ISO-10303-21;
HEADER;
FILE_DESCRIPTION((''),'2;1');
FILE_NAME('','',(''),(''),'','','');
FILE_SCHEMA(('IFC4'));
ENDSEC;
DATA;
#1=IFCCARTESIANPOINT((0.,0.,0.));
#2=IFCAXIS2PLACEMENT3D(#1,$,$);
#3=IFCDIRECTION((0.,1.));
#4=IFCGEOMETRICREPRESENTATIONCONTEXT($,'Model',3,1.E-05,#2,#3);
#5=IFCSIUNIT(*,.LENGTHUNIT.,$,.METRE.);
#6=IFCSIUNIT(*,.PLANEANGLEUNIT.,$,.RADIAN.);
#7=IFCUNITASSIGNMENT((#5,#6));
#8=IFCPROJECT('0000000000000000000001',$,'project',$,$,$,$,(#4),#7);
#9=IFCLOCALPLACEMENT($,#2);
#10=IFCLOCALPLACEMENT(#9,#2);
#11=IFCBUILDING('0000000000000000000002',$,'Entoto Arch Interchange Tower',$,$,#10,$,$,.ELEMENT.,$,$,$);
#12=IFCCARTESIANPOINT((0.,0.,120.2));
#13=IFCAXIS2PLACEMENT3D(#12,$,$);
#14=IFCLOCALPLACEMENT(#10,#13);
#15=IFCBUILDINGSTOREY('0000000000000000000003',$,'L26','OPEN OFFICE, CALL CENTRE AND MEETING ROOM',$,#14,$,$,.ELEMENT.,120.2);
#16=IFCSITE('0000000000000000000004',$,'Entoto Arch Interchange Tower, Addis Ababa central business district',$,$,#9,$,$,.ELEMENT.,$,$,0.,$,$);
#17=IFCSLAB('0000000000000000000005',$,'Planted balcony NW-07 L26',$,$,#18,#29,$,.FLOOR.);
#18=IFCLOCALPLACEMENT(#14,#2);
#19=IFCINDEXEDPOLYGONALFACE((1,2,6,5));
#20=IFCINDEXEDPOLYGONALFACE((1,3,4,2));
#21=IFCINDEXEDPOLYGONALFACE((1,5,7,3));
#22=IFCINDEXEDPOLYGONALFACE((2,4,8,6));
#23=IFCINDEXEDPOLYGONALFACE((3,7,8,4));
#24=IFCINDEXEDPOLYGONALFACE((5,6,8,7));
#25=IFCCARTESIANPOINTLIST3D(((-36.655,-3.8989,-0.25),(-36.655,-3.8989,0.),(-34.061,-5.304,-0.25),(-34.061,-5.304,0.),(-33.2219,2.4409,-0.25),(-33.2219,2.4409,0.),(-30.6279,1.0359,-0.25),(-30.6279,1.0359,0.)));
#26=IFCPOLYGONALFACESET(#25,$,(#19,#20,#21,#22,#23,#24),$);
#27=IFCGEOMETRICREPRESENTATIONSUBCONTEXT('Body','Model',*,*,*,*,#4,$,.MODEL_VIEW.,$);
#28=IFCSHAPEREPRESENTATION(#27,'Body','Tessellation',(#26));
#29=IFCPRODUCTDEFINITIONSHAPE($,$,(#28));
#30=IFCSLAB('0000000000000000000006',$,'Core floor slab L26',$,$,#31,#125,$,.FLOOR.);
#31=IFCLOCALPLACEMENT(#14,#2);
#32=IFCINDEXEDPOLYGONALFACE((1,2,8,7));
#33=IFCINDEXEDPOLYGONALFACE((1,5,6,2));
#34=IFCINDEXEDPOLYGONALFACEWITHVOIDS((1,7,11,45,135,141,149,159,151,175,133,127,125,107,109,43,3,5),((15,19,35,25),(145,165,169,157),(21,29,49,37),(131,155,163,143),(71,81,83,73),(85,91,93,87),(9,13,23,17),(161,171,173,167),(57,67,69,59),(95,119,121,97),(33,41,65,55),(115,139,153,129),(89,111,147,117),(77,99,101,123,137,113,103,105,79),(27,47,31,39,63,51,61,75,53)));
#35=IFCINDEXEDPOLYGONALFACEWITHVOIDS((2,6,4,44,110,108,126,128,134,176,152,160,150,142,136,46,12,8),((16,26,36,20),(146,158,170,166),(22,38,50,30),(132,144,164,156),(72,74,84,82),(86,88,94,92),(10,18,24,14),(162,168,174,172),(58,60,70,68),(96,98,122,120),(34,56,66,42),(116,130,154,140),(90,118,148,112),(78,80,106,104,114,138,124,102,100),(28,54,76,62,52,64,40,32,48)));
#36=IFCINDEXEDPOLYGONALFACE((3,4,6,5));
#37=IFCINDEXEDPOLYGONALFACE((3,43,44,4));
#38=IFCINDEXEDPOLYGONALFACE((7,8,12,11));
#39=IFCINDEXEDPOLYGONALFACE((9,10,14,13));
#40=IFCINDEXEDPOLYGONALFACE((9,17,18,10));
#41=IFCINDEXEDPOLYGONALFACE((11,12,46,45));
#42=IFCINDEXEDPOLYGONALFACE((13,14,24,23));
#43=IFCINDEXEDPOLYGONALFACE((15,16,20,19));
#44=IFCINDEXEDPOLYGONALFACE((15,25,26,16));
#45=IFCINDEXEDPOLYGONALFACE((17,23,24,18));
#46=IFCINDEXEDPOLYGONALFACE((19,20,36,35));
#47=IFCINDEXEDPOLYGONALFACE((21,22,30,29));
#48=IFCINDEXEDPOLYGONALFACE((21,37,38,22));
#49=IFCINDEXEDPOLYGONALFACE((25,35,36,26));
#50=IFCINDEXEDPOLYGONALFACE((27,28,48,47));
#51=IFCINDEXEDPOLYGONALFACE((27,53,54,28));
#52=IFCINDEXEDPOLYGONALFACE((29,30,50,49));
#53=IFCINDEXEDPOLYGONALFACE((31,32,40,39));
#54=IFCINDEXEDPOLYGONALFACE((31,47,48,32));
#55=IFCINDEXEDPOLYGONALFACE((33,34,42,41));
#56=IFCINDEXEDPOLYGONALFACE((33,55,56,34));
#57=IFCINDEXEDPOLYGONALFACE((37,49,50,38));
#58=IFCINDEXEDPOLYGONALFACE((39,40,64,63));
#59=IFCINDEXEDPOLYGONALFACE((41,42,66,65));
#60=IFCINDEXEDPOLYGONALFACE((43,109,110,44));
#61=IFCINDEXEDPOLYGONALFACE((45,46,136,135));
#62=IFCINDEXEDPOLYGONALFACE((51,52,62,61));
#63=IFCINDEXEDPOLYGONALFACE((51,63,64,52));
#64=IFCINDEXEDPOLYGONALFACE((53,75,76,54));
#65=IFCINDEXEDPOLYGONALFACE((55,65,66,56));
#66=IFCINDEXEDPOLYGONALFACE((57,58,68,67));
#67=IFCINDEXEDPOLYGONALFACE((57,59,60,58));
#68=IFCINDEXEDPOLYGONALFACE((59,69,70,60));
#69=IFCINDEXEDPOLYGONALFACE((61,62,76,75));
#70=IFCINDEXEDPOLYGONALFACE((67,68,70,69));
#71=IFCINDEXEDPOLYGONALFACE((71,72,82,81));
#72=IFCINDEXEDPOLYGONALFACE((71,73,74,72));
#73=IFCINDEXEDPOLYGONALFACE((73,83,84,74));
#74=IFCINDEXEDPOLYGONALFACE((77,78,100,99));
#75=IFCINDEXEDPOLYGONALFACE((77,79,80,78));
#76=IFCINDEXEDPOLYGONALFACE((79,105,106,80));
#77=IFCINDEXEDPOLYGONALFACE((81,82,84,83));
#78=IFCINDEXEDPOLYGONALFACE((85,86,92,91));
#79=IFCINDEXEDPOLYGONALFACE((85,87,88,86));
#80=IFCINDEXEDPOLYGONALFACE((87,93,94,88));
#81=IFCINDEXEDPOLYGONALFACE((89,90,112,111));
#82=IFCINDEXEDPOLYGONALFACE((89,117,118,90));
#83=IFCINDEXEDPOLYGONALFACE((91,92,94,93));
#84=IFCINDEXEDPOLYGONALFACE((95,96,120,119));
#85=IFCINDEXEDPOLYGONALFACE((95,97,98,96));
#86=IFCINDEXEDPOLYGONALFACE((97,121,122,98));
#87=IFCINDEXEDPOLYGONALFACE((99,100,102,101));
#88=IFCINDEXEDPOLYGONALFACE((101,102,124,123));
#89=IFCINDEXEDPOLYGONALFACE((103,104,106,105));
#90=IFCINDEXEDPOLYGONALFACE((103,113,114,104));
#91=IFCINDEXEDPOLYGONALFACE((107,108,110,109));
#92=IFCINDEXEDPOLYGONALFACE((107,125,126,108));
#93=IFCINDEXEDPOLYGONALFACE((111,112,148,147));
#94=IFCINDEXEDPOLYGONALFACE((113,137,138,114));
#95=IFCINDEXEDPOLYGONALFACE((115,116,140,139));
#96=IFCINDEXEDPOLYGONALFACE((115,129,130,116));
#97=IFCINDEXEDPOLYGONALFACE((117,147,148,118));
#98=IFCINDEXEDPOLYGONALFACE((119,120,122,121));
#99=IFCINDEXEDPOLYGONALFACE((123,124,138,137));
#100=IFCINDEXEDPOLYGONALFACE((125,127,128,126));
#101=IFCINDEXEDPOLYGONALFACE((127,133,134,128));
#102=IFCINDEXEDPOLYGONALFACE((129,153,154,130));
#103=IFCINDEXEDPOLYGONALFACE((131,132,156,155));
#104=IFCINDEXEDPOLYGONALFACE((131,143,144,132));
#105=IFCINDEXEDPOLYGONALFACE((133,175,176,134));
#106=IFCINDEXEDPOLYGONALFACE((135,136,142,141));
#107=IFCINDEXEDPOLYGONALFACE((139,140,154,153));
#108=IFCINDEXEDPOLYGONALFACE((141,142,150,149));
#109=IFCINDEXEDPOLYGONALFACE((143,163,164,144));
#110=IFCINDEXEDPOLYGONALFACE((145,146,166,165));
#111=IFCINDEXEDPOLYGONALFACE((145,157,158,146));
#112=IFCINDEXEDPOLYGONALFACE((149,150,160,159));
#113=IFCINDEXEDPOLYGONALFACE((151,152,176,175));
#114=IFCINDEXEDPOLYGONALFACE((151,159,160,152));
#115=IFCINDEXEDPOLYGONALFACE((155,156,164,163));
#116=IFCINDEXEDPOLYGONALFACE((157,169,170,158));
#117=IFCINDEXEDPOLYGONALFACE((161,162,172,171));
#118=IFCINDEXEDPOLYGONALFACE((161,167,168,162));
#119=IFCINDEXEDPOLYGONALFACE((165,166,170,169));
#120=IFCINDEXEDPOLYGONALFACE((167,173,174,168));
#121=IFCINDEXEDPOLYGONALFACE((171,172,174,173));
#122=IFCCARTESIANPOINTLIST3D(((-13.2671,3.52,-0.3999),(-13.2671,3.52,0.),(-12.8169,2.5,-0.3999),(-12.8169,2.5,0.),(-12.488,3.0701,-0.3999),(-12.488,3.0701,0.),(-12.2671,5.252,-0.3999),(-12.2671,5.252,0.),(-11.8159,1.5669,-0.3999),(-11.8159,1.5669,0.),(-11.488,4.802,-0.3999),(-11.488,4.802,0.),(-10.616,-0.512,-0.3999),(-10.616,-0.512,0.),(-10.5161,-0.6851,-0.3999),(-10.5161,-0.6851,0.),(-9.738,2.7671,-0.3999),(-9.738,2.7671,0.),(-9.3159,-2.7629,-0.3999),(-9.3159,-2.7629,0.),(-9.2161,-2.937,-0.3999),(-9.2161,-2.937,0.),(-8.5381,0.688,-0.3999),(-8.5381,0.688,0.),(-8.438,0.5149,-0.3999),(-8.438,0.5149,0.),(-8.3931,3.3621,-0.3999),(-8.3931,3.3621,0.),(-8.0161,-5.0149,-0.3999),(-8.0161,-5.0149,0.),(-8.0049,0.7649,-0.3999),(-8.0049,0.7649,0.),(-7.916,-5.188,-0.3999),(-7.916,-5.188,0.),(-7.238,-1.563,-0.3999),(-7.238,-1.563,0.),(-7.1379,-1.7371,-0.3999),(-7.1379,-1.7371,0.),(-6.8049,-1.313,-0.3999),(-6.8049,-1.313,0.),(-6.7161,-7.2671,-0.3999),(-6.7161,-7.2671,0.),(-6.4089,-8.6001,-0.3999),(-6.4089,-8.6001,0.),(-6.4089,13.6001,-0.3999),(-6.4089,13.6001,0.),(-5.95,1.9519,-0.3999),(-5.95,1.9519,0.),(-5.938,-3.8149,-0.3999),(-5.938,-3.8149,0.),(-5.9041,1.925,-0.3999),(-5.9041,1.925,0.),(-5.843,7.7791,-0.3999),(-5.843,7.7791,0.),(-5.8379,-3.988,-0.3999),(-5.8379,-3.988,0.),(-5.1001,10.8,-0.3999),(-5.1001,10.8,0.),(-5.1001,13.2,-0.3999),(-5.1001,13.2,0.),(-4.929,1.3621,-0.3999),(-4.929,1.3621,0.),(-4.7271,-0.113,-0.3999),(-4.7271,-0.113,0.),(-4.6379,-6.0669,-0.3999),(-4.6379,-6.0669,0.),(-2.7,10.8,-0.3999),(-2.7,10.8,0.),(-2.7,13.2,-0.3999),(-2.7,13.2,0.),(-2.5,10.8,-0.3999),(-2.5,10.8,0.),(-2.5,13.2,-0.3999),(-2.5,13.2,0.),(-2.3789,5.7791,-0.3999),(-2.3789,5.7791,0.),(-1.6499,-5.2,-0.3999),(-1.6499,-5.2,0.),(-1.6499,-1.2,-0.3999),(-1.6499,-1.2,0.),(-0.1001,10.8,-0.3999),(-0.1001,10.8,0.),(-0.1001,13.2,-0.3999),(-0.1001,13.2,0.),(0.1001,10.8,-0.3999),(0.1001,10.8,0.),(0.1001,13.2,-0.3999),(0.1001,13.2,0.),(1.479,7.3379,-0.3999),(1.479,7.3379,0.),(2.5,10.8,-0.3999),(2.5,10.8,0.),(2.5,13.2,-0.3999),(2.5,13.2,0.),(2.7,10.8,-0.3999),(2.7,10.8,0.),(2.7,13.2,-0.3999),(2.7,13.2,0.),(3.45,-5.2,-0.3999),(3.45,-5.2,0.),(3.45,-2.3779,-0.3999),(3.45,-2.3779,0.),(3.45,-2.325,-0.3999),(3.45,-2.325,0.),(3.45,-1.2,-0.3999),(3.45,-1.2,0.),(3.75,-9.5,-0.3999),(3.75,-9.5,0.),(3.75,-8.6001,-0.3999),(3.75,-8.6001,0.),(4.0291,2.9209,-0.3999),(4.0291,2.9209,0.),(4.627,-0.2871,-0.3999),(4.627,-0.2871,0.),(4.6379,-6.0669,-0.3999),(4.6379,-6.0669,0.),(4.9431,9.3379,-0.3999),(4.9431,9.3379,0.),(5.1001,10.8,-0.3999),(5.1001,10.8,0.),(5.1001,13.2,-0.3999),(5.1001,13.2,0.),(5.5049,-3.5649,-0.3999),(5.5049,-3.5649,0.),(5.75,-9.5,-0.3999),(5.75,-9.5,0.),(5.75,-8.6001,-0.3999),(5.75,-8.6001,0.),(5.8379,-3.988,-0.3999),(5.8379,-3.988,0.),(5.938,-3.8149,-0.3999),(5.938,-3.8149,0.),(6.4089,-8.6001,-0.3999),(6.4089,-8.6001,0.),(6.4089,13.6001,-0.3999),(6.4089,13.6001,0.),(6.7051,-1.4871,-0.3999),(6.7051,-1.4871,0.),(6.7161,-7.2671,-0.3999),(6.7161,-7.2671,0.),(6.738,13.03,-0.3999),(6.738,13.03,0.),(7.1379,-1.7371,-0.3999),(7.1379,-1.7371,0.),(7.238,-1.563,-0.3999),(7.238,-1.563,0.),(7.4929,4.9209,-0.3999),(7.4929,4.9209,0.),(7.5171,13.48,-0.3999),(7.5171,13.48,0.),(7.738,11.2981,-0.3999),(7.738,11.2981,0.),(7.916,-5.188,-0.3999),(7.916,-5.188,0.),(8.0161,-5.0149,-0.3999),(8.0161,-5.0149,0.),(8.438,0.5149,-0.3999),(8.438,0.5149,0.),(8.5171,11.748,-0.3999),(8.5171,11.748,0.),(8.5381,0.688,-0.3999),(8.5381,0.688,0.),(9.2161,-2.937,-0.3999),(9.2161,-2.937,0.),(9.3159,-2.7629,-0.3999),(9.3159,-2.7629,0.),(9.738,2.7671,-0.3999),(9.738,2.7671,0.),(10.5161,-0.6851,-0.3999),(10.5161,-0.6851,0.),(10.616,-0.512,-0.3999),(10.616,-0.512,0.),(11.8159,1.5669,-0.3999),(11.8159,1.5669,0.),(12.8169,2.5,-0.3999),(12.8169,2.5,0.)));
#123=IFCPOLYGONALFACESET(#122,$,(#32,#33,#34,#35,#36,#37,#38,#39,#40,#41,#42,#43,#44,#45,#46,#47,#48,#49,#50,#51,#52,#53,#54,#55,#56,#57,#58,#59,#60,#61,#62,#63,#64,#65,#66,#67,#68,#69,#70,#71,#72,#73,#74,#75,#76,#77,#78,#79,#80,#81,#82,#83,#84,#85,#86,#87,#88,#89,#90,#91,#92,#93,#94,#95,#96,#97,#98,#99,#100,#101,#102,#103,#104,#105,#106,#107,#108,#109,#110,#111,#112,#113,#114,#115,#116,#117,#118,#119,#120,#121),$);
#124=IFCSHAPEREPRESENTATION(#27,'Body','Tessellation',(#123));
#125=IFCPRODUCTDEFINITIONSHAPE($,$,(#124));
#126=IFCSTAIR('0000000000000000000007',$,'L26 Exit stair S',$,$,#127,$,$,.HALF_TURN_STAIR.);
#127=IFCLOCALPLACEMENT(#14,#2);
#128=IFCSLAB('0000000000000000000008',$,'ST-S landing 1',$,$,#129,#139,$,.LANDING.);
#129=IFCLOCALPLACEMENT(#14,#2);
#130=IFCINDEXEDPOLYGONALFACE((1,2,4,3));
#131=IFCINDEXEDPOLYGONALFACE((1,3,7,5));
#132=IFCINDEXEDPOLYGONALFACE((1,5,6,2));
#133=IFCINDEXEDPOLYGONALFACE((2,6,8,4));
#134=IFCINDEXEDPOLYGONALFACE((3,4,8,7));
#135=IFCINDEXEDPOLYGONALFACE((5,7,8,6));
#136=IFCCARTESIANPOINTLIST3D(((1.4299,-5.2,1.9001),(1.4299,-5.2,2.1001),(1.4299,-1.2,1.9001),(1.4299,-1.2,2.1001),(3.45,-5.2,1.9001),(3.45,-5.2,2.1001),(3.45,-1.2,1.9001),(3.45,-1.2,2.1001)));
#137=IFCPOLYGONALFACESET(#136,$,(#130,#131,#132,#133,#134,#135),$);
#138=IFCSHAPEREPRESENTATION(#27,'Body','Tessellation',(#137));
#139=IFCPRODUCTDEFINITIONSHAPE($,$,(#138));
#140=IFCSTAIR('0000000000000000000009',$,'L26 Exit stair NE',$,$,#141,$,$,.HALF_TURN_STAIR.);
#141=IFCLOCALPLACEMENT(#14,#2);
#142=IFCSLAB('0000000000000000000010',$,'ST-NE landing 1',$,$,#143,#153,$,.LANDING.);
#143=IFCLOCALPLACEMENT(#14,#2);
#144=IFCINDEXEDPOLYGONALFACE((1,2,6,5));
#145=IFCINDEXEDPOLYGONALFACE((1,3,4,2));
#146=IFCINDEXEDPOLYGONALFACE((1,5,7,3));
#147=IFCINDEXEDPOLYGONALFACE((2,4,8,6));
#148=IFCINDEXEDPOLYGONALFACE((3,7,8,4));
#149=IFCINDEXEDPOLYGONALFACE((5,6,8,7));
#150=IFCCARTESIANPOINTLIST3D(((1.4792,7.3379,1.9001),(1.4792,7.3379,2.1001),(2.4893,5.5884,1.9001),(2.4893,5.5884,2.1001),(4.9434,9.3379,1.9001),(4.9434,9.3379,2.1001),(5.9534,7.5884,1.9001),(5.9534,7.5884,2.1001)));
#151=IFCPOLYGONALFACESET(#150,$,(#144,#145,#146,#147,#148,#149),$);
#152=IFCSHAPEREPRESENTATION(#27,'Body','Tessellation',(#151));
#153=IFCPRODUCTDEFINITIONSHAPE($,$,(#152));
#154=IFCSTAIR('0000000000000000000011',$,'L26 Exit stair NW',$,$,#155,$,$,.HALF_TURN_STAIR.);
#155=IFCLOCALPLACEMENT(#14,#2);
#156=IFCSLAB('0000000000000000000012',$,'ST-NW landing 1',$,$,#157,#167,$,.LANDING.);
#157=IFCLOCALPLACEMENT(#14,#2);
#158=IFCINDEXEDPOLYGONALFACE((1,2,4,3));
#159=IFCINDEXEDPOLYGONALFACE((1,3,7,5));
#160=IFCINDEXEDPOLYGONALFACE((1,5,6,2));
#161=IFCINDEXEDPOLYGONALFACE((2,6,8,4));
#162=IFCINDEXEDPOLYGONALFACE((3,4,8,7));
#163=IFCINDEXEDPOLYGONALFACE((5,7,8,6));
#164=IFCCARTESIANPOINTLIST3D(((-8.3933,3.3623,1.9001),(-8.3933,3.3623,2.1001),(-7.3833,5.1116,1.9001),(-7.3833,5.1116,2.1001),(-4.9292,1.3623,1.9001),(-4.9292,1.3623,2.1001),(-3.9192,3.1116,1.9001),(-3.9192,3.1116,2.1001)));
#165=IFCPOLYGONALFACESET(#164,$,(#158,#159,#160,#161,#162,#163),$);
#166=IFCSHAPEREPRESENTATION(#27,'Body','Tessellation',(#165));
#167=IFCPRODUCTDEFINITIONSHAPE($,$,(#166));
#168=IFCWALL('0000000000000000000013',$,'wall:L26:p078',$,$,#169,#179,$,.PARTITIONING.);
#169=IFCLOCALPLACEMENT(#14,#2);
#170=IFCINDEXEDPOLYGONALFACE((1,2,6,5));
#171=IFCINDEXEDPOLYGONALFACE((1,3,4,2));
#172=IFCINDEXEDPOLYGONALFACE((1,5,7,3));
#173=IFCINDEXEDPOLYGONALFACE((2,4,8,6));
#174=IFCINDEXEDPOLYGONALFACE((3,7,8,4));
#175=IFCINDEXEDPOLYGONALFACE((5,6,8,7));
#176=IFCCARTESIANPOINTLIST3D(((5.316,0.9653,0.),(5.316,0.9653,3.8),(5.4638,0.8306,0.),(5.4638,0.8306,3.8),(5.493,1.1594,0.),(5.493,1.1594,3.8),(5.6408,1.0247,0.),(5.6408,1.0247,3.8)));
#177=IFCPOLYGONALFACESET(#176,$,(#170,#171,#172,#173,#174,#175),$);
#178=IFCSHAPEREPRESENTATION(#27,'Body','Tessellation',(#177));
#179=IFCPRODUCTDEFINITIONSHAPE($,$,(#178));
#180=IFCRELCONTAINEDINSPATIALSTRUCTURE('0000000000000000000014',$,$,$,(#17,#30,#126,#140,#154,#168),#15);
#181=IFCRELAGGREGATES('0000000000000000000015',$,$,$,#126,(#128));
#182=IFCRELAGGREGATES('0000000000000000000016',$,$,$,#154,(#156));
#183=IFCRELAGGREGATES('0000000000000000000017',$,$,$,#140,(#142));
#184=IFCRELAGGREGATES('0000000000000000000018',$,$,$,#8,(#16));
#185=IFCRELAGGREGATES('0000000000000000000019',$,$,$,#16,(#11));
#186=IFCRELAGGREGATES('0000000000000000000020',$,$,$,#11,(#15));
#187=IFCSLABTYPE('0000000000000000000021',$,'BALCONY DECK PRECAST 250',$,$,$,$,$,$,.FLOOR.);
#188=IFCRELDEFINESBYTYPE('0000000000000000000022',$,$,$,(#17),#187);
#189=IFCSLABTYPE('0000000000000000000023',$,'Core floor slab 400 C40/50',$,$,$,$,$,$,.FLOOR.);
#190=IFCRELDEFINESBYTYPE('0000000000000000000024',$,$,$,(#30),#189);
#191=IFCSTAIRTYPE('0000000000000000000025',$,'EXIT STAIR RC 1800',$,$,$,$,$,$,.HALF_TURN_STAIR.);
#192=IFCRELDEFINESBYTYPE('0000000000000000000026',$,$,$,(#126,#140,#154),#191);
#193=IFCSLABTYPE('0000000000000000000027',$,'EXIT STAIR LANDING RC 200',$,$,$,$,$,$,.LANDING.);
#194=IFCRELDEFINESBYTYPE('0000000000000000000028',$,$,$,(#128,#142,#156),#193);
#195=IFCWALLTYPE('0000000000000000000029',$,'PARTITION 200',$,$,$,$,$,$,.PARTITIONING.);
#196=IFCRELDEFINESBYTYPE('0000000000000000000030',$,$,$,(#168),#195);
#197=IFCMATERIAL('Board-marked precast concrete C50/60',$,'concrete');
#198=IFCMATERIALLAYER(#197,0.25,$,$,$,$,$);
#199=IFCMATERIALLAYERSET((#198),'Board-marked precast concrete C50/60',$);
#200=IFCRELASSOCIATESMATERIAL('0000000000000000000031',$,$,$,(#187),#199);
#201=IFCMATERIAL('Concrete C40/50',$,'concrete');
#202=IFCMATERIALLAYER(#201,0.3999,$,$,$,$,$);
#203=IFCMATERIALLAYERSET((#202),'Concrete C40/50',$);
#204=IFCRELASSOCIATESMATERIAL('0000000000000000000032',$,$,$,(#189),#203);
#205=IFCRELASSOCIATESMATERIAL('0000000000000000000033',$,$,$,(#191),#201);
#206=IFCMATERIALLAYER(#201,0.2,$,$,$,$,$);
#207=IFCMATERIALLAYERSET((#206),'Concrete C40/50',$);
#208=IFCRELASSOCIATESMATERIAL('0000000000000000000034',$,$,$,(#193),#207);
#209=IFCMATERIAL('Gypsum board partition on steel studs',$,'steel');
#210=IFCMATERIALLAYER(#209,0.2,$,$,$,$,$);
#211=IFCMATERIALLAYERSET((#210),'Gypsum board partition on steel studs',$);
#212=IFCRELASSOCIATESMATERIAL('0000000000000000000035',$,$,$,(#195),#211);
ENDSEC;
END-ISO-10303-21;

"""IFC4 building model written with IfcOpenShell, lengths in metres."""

from ifc_helpers import new_model, si_unit, direction, frame, frame_2d, origin, place, context, subcontext, project, spatial, polyline, rectangle, outline, extrude, material, layer, layer_set, type_object, element, aggregate, save


model = new_model("IFC4")

# Units and contexts
model_context = context("Model", 3, precision=1e-05, world=origin(), true_north=direction((0.0, 1.0)))
body_context = subcontext(model_context, "Body", "Model", "MODEL_VIEW")
ifc_project = project(units=[si_unit("LENGTHUNIT", "METRE"), si_unit("PLANEANGLEUNIT", "RADIAN")], contexts=[model_context])

# Site, building, storey
site_placement = place(None, origin())
site = spatial("IfcSite", under=ifc_project, at=site_placement, Name="Entoto Arch Interchange Tower, Addis Ababa central business district", CompositionType="ELEMENT", RefElevation=0.0)
building_placement = place(site_placement, origin())
building = spatial("IfcBuilding", under=site, at=building_placement, Name="Entoto Arch Interchange Tower", CompositionType="ELEMENT")
storey_placement = place(building_placement, frame((0.0, 0.0, 120.2)))
storey = spatial("IfcBuildingStorey", under=building, at=storey_placement, Name="L26", Description="OPEN OFFICE, CALL CENTRE AND MEETING ROOM", CompositionType="ELEMENT", Elevation=120.2)

# Slabs
ifc_material_1 = material(Name="Board-marked precast concrete C50/60", Category="concrete")
ifc_layer_1 = layer(ifc_material_1, 0.25)
ifc_layer_set_1 = layer_set([ifc_layer_1], Name="Board-marked precast concrete C50/60")
slab_type_1 = type_object("IfcSlabType", Name="BALCONY DECK PRECAST 250", PredefinedType="FLOOR", material=ifc_layer_set_1)
slab_1_placement = place(storey_placement, frame((0.0, 0.0, -0.25)))
element("IfcSlab", 1, at=slab_1_placement, inside=storey, type_object=slab_type_1, Name="Planted balcony NW-07 L26", PredefinedType="FLOOR", context=body_context, shape_type="SweptSolid", body=[
    extrude(outline(polyline([(-30.6279, 1.0359), (-34.061, -5.304), (-36.655, -3.8989), (-33.2219, 2.4409), (-30.6279, 1.0359)])), origin(), (0.0, 0.0, 1.0), 0.25),
])
ifc_material_2 = material(Name="Concrete C40/50", Category="concrete")
ifc_layer_2 = layer(ifc_material_2, 0.3999)
ifc_layer_set_2 = layer_set([ifc_layer_2], Name="Concrete C40/50")
slab_type_2 = type_object("IfcSlabType", Name="Core floor slab 400 C40/50", PredefinedType="FLOOR", material=ifc_layer_set_2)
slab_2_placement = place(storey_placement, frame((0.0, 0.0, -0.3999)))
element("IfcSlab", 2, at=slab_2_placement, inside=storey, type_object=slab_type_2, Name="Core floor slab L26", PredefinedType="FLOOR", context=body_context, shape_type="SweptSolid", body=[
    extrude(outline(polyline([(5.75, -9.5), (3.75, -9.5), (3.75, -8.6001), (-6.4089, -8.6001), (-12.8169, 2.5), (-12.488, 3.0701), (-13.2671, 3.52), (-12.2671, 5.252), (-11.488, 4.802), (-6.4089, 13.6001), (6.4089, 13.6001), (6.738, 13.03), (7.5171, 13.48), (8.5171, 11.748), (7.738, 11.2981), (12.8169, 2.5), (6.4089, -8.6001), (5.75, -8.6001), (5.75, -9.5)]), holes=[polyline([(-4.6379, -6.0669), (-5.8379, -3.988), (-7.916, -5.188), (-6.7161, -7.2671), (-4.6379, -6.0669)]), polyline([(-5.938, -3.8149), (-7.1379, -1.7371), (-9.2161, -2.937), (-8.0161, -5.0149), (-5.938, -3.8149)]), polyline([(5.5049, -3.5649), (6.7051, -1.4871), (4.627, -0.2871), (3.45, -2.325), (3.45, -1.2), (-1.6499, -1.2), (-1.6499, -5.2), (3.45, -5.2), (3.45, -2.3779), (5.5049, -3.5649)]), polyline([(-7.238, -1.563), (-8.438, 0.5149), (-10.5161, -0.6851), (-9.3159, -2.7629), (-7.238, -1.563)]), polyline([(-4.7271, -0.113), (-5.9041, 1.925), (-4.929, 1.3621), (-2.3789, 5.7791), (-5.843, 7.7791), (-8.3931, 3.3621), (-5.95, 1.9519), (-8.0049, 0.7649), (-6.8049, -1.313), (-4.7271, -0.113)]), polyline([(-8.5381, 0.688), (-9.738, 2.7671), (-11.8159, 1.5669), (-10.616, -0.512), (-8.5381, 0.688)]), polyline([(-5.1001, 10.8), (-2.7, 10.8), (-2.7, 13.2), (-5.1001, 13.2), (-5.1001, 10.8)]), polyline([(-2.5, 10.8), (-0.1001, 10.8), (-0.1001, 13.2), (-2.5, 13.2), (-2.5, 10.8)]), polyline([(5.8379, -3.988), (4.6379, -6.0669), (6.7161, -7.2671), (7.916, -5.188), (5.8379, -3.988)]), polyline([(7.1379, -1.7371), (5.938, -3.8149), (8.0161, -5.0149), (9.2161, -2.937), (7.1379, -1.7371)]), polyline([(8.438, 0.5149), (7.238, -1.563), (9.3159, -2.7629), (10.5161, -0.6851), (8.438, 0.5149)]), polyline([(9.738, 2.7671), (8.5381, 0.688), (10.616, -0.512), (11.8159, 1.5669), (9.738, 2.7671)]), polyline([(4.0291, 2.9209), (7.4929, 4.9209), (4.9431, 9.3379), (1.479, 7.3379), (4.0291, 2.9209)]), polyline([(0.1001, 13.2), (0.1001, 10.8), (2.5, 10.8), (2.5, 13.2), (0.1001, 13.2)]), polyline([(2.7, 13.2), (2.7, 10.8), (5.1001, 10.8), (5.1001, 13.2), (2.7, 13.2)])]), origin(), (0.0, 0.0, 1.0), 0.3999),
])

# Stairs, slabs
stair_type = type_object("IfcStairType", Name="EXIT STAIR RC 1800", PredefinedType="HALF_TURN_STAIR", material=ifc_material_2)
stair_1_placement = place(storey_placement, origin())
stair_1 = element("IfcStair", 3, at=stair_1_placement, inside=storey, type_object=stair_type, Name="L26 Exit stair S", PredefinedType="HALF_TURN_STAIR")
ifc_layer_3 = layer(ifc_material_2, 0.2)
ifc_layer_set_3 = layer_set([ifc_layer_3], Name="Concrete C40/50")
slab_type_3 = type_object("IfcSlabType", Name="EXIT STAIR LANDING RC 200", PredefinedType="LANDING", material=ifc_layer_set_3)
slab_3_placement = place(storey_placement, frame((0.0, 0.0, 1.9001)))
slab_3 = element("IfcSlab", 4, at=slab_3_placement, type_object=slab_type_3, Name="ST-S landing 1", PredefinedType="LANDING", context=body_context, shape_type="SweptSolid", body=[
    extrude(outline(polyline([(1.4299, -5.2), (3.45, -5.2), (3.45, -1.2), (1.4299, -1.2), (1.4299, -5.2)])), origin(), (0.0, 0.0, 1.0), 0.2),
])
aggregate(stair_1, [slab_3])
stair_2_placement = place(storey_placement, origin())
stair_2 = element("IfcStair", 5, at=stair_2_placement, inside=storey, type_object=stair_type, Name="L26 Exit stair NE", PredefinedType="HALF_TURN_STAIR")
slab_4_placement = place(storey_placement, frame((0.0, 0.0, 1.9001)))
slab_4 = element("IfcSlab", 6, at=slab_4_placement, type_object=slab_type_3, Name="ST-NE landing 1", PredefinedType="LANDING", context=body_context, shape_type="SweptSolid", body=[
    extrude(outline(polyline([(5.9534, 7.5884), (4.9434, 9.3379), (1.4792, 7.3379), (2.4893, 5.5884), (5.9534, 7.5884)])), origin(), (0.0, 0.0, 1.0), 0.2),
])
stair_3_placement = place(storey_placement, origin())
stair_3 = element("IfcStair", 7, at=stair_3_placement, inside=storey, type_object=stair_type, Name="L26 Exit stair NW", PredefinedType="HALF_TURN_STAIR")
slab_5_placement = place(storey_placement, frame((0.0, 0.0, 1.9001)))
slab_5 = element("IfcSlab", 8, at=slab_5_placement, type_object=slab_type_3, Name="ST-NW landing 1", PredefinedType="LANDING", context=body_context, shape_type="SweptSolid", body=[
    extrude(outline(polyline([(-7.3833, 5.1116), (-8.3933, 3.3623), (-4.9292, 1.3623), (-3.9192, 3.1116), (-7.3833, 5.1116)])), origin(), (0.0, 0.0, 1.0), 0.2),
])
aggregate(stair_3, [slab_5])

# Wall
ifc_material_3 = material(Name="Gypsum board partition on steel studs", Category="steel")
ifc_layer_4 = layer(ifc_material_3, 0.2)
ifc_layer_set_4 = layer_set([ifc_layer_4], Name="Gypsum board partition on steel studs")
wall_type_1 = type_object("IfcWallType", Name="PARTITION 200", PredefinedType="PARTITIONING", material=ifc_layer_set_4)
wall_1_placement = place(storey_placement, frame((5.3899, 0.8979, 0.0), z_axis=(0.0, 0.0, 1.0), x_axis=(0.673828, 0.738888, 0.0)))
element("IfcWall", 9, at=wall_1_placement, inside=storey, type_object=wall_type_1, Name="wall:L26:p078", PredefinedType="PARTITIONING", context=body_context, shape_type="SweptSolid", body=[
    extrude(rectangle(XDim=0.2627, YDim=0.2, at=frame_2d((0.1313, 0.0))), origin(), (0.0, 0.0, 1.0), 3.8),
])

aggregate(stair_2, [slab_4])

save(model, "model.ifc")
